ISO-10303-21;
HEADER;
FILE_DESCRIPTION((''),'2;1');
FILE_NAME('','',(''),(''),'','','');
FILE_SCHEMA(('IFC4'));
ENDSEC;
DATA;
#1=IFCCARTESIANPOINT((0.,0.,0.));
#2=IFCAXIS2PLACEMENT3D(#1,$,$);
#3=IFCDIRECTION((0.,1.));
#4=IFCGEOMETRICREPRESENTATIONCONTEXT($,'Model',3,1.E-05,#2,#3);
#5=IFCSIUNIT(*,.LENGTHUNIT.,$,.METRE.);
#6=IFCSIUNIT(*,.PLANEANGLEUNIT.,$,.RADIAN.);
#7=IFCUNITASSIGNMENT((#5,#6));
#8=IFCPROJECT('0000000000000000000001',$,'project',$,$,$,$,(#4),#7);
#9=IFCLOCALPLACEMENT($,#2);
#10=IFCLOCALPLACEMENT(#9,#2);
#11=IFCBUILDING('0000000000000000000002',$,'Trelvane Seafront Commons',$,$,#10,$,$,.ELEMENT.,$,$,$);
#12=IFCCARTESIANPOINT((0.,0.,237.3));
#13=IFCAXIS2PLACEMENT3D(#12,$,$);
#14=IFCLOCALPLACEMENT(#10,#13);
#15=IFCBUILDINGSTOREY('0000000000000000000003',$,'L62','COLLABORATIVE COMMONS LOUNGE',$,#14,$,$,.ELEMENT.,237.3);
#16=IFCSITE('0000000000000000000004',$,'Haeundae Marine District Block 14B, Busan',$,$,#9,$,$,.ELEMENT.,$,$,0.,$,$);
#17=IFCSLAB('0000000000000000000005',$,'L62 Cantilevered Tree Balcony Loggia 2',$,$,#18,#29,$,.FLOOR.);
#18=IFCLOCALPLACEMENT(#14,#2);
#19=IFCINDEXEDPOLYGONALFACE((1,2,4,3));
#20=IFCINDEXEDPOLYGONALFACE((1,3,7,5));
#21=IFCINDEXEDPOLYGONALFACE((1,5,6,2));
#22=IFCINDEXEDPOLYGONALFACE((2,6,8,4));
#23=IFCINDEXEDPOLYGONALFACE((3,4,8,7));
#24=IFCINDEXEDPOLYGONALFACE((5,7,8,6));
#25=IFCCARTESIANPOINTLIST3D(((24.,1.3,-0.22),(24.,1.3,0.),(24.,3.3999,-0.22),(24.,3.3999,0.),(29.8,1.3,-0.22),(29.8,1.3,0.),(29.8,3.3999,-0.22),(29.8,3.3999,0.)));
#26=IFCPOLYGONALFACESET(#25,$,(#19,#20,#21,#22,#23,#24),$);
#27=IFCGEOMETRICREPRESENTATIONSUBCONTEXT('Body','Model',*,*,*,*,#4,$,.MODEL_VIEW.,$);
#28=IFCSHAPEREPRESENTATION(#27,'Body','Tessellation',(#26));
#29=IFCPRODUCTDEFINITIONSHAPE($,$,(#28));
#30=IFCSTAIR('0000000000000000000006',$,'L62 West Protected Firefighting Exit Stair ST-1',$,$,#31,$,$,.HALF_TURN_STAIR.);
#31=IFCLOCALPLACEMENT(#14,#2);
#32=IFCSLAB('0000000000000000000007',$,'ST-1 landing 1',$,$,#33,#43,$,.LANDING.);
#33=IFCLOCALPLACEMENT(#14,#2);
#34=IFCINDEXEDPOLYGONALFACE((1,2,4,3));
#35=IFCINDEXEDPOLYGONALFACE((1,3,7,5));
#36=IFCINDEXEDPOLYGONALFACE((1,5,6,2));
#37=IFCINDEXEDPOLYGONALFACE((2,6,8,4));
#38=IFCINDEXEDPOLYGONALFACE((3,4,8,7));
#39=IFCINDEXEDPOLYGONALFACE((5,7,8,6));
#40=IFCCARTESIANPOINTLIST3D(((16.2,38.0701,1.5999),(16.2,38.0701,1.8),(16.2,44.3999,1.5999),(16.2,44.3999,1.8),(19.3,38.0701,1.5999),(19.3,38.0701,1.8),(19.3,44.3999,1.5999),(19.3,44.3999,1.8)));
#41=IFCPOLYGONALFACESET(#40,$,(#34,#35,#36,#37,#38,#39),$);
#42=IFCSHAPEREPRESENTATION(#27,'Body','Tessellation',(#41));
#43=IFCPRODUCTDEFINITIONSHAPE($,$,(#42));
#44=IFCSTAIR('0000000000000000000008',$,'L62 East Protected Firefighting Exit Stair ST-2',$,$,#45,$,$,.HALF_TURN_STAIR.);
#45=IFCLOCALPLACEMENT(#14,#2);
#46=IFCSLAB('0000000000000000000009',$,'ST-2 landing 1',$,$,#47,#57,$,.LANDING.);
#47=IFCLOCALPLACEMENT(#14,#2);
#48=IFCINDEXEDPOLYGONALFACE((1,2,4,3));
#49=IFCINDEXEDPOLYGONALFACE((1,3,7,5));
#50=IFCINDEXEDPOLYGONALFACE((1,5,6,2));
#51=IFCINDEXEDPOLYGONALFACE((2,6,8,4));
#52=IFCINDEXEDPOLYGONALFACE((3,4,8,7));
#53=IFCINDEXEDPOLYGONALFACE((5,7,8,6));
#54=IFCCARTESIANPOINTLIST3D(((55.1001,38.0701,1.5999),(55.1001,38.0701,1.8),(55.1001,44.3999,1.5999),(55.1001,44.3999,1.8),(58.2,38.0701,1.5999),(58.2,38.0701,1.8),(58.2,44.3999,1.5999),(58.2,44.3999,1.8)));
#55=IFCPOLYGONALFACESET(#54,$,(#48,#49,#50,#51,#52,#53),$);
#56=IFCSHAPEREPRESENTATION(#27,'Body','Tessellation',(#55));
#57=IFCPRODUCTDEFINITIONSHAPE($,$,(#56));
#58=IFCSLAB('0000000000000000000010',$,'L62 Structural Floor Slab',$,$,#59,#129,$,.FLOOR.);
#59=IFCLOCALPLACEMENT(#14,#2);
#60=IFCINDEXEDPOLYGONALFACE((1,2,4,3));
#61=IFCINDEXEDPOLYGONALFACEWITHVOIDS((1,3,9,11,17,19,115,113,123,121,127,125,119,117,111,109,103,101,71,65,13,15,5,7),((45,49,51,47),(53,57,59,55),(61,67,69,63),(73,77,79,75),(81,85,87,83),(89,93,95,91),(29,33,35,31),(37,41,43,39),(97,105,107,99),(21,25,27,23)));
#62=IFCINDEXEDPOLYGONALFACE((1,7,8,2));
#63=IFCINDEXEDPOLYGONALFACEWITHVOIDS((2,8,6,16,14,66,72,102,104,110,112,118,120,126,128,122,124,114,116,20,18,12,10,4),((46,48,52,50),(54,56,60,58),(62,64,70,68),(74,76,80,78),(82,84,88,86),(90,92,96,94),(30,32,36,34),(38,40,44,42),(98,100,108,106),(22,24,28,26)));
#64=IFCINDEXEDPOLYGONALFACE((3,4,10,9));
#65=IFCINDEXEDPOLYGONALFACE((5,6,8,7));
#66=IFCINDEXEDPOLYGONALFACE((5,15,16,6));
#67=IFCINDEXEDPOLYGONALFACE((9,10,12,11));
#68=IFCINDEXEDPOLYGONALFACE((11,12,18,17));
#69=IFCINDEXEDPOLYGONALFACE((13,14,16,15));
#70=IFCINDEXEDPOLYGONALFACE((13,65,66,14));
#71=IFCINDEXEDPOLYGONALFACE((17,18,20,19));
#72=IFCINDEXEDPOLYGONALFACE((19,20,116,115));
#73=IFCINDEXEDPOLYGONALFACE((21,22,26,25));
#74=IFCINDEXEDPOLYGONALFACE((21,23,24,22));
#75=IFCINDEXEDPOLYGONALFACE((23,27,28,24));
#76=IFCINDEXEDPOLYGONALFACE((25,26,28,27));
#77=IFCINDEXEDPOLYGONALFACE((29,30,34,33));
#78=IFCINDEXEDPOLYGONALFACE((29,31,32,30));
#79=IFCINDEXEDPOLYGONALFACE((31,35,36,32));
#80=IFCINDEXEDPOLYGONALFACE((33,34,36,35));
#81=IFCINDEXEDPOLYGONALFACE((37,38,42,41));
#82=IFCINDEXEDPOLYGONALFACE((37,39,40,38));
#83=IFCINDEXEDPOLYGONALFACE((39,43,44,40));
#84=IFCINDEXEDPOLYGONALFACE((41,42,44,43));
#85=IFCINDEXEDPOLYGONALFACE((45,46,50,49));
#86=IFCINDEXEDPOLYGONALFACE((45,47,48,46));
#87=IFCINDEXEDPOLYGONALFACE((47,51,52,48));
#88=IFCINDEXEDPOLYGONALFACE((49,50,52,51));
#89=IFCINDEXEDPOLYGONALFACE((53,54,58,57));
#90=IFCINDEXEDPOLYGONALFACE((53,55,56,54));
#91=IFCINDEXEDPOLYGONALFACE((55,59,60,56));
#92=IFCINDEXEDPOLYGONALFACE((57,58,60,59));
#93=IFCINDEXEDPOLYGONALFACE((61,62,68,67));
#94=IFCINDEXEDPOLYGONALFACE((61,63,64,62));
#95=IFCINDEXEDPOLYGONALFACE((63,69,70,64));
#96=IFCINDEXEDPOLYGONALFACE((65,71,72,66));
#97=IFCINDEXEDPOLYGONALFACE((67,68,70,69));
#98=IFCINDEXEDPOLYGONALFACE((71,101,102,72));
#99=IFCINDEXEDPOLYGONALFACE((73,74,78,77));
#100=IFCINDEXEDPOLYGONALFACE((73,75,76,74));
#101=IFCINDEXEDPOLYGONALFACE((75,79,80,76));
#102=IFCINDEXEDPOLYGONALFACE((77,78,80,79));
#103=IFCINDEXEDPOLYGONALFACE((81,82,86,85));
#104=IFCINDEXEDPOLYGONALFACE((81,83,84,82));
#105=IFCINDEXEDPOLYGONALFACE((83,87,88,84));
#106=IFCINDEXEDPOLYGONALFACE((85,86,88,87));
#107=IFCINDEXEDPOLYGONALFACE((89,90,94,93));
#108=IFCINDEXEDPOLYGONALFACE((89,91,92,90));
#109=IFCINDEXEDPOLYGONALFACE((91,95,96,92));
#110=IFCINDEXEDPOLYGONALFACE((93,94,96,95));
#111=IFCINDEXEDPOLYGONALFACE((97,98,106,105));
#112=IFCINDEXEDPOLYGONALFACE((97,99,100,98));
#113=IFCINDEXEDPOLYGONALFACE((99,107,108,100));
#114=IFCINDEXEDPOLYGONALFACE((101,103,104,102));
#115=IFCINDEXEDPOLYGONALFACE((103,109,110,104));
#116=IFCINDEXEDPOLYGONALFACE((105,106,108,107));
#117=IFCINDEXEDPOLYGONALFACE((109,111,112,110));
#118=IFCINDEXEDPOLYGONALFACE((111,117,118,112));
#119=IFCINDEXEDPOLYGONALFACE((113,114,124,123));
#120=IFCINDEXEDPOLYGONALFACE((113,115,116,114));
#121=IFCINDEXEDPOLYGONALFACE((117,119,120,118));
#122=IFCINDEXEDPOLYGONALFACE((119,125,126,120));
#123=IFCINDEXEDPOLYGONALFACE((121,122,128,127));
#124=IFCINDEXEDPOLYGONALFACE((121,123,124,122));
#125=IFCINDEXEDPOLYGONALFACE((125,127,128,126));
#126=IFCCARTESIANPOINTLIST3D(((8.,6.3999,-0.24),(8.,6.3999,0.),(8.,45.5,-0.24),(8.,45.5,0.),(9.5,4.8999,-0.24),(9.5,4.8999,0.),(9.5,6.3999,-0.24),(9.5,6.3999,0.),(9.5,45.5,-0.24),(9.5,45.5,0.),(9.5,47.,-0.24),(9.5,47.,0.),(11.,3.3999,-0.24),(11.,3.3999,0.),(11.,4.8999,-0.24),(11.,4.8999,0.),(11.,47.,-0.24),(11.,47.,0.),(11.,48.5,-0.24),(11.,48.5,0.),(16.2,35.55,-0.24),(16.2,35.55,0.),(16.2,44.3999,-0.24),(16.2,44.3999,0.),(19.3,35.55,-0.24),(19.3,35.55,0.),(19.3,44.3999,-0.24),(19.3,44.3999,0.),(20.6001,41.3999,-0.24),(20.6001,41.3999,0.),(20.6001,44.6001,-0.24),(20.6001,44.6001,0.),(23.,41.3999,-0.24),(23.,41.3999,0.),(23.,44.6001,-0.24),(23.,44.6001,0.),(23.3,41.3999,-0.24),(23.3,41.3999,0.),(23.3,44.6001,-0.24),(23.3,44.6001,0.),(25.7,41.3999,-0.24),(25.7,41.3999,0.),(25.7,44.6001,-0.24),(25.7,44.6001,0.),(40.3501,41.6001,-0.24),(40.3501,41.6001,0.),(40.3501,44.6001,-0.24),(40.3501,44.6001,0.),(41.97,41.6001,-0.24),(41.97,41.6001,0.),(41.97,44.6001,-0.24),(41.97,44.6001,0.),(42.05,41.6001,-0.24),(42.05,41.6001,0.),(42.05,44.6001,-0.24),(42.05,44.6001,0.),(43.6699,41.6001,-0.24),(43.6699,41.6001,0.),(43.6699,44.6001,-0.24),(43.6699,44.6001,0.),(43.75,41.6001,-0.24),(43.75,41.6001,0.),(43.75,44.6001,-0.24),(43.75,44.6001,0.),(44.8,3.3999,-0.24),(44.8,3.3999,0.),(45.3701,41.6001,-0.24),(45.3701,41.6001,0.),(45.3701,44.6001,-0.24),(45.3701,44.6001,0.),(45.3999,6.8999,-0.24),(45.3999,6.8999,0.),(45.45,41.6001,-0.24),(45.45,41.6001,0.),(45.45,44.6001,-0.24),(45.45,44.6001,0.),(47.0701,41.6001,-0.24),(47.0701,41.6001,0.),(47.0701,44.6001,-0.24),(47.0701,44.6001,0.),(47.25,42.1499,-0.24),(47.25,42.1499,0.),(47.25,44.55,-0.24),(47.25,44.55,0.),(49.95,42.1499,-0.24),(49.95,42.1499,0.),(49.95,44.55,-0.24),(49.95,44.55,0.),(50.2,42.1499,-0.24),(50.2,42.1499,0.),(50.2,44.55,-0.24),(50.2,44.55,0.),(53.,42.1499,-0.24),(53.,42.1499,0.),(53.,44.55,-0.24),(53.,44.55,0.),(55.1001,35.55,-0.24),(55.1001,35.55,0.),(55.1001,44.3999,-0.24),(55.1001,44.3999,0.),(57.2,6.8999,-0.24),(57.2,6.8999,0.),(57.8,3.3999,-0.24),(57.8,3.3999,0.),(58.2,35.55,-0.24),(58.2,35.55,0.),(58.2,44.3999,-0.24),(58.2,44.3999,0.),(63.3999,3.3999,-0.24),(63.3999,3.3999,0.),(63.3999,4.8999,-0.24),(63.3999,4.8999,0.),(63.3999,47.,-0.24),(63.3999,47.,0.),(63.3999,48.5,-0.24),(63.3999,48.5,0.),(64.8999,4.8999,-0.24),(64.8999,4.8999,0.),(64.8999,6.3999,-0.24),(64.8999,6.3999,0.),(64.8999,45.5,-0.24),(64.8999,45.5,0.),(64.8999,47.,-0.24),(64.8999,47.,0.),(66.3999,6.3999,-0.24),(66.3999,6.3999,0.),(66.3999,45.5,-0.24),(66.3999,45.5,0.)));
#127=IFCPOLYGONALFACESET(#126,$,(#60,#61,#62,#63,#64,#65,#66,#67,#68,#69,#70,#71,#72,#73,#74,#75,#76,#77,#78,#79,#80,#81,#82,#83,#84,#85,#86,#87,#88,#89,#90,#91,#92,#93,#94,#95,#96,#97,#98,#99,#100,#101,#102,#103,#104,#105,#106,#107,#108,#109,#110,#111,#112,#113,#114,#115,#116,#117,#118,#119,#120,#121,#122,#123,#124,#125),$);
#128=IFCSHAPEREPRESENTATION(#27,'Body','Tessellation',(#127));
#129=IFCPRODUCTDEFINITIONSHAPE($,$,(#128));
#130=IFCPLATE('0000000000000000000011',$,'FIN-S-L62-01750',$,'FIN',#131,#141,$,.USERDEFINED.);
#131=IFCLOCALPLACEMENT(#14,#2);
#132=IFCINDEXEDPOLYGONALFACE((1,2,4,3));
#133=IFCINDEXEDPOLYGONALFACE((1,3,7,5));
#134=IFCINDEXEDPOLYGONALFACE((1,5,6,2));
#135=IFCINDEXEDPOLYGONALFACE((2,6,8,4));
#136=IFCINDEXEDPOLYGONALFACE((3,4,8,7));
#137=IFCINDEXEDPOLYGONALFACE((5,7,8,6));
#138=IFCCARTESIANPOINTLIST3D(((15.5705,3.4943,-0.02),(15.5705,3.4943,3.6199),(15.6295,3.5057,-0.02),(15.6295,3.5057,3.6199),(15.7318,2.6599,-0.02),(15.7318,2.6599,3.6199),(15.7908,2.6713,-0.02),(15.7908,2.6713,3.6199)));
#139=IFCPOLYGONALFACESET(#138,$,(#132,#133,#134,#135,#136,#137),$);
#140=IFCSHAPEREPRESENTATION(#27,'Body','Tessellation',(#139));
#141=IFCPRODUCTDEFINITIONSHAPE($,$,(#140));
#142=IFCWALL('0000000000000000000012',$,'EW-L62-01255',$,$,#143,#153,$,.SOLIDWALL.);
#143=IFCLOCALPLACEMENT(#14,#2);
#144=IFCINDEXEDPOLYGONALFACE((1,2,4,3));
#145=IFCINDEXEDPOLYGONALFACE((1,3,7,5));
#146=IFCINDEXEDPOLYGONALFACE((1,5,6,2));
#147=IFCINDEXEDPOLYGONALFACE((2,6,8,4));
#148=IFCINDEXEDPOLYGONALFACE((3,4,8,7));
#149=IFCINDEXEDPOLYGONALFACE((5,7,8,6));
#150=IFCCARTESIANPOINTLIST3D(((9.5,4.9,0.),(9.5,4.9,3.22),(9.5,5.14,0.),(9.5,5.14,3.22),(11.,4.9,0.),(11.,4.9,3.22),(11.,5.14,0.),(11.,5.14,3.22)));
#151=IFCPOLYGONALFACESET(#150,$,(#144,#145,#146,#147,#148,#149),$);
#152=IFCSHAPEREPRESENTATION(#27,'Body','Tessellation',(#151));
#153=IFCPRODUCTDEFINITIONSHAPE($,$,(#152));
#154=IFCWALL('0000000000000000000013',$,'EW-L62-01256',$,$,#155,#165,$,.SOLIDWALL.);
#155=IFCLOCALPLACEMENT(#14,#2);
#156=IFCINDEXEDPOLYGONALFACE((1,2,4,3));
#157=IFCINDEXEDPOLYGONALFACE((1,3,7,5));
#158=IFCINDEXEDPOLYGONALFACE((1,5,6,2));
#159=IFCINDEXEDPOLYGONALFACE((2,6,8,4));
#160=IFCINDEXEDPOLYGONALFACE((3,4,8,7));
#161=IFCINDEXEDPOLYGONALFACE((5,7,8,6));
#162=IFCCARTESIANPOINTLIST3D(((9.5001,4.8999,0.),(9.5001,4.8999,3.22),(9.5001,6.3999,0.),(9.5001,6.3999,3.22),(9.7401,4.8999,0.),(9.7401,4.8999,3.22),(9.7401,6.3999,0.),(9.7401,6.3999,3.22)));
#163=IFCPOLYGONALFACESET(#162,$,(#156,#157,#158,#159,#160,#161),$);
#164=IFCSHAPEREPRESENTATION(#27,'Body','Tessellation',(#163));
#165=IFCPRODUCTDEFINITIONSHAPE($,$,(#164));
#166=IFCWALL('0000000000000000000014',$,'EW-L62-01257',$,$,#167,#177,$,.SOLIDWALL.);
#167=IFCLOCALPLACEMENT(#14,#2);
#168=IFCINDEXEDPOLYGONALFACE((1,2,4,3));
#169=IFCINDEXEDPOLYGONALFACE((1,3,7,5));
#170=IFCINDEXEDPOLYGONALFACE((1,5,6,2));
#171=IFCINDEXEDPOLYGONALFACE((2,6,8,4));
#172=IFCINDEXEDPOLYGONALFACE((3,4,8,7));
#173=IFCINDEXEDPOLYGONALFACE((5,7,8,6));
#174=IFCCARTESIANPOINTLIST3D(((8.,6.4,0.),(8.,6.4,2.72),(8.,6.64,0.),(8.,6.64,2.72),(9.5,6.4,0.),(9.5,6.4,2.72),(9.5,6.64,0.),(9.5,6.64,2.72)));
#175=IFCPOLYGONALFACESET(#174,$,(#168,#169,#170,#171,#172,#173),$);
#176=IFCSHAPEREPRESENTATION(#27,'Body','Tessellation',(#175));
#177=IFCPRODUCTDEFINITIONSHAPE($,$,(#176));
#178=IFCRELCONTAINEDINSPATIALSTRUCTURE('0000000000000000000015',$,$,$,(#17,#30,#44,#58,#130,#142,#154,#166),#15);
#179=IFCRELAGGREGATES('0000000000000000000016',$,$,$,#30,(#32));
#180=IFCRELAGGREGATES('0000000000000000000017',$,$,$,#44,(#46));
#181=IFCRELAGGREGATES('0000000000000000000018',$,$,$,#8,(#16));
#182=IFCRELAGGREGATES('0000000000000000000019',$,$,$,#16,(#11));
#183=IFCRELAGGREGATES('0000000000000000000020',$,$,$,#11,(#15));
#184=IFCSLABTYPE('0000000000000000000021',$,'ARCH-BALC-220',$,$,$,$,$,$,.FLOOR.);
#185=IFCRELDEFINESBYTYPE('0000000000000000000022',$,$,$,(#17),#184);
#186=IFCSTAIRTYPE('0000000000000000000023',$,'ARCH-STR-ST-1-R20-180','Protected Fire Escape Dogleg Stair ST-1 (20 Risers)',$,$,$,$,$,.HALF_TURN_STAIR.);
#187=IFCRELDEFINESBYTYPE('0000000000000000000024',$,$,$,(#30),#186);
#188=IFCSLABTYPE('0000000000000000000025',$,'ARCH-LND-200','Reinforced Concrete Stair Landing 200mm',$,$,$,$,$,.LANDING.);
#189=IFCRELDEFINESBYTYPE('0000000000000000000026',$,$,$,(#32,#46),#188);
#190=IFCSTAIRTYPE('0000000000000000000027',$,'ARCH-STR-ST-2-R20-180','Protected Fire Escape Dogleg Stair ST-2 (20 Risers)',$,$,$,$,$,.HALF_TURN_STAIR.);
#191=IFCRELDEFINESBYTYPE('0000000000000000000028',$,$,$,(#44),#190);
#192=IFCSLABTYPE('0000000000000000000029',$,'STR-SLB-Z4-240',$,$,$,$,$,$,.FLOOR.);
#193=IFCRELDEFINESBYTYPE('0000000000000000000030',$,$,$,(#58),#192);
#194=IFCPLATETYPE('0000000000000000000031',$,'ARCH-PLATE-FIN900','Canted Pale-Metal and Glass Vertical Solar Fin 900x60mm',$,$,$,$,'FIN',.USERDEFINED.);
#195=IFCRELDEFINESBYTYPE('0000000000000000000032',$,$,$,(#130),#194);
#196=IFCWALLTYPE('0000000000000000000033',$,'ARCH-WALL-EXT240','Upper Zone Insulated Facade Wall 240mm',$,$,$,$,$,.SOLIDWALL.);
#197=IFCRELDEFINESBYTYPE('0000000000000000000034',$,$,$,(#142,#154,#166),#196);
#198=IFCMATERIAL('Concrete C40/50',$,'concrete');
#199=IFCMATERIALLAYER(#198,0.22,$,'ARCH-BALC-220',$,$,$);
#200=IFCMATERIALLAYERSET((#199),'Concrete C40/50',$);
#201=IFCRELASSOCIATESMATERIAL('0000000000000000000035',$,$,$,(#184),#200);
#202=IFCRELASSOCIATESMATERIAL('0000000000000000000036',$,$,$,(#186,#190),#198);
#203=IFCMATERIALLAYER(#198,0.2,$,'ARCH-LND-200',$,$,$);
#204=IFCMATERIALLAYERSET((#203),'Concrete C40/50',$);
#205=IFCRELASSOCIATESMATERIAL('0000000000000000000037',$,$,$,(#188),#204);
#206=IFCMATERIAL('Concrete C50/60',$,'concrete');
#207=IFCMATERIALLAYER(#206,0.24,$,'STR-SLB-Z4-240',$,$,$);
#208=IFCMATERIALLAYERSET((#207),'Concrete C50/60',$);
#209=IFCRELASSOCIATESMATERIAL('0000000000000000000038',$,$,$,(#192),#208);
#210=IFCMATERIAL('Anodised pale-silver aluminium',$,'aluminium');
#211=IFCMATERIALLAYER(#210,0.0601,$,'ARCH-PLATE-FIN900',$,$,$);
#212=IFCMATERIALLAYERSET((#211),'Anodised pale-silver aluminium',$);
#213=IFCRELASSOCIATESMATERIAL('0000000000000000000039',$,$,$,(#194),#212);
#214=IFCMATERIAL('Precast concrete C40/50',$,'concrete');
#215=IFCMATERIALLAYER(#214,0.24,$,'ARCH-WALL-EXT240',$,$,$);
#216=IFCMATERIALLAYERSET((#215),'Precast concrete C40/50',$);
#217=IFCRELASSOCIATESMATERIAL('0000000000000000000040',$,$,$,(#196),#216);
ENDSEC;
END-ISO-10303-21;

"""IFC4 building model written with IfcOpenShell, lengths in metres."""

from ifc_helpers import new_model, si_unit, direction, frame, frame_2d, origin, origin_2d, place, context, subcontext, project, spatial, polyline, rectangle, outline, extrude, source, transform, mapped, material, layer, layer_set, type_object, element, aggregate, save


model = new_model("IFC4")

# Units and contexts
model_context = context("Model", 3, precision=1e-05, world=origin(), true_north=direction((0.0, 1.0)))
body_context = subcontext(model_context, "Body", "Model", "MODEL_VIEW")
ifc_project = project(units=[si_unit("LENGTHUNIT", "METRE"), si_unit("PLANEANGLEUNIT", "RADIAN")], contexts=[model_context])

# Site, building, storey
site_placement = place(None, origin())
site = spatial("IfcSite", under=ifc_project, at=site_placement, Name="Haeundae Marine District Block 14B, Busan", CompositionType="ELEMENT", RefElevation=0.0)
building_placement = place(site_placement, origin())
building = spatial("IfcBuilding", under=site, at=building_placement, Name="Trelvane Seafront Commons", CompositionType="ELEMENT")
storey_placement = place(building_placement, frame((0.0, 0.0, 237.3)))
storey = spatial("IfcBuildingStorey", under=building, at=storey_placement, Name="L62", Description="COLLABORATIVE COMMONS LOUNGE", CompositionType="ELEMENT", Elevation=237.3)

# Slab
ifc_material_1 = material(Name="Concrete C40/50", Category="concrete")
ifc_layer_1 = layer(ifc_material_1, 0.22, Name="ARCH-BALC-220")
ifc_layer_set_1 = layer_set([ifc_layer_1], Name="Concrete C40/50")
slab_type_1 = type_object("IfcSlabType", Name="ARCH-BALC-220", PredefinedType="FLOOR", material=ifc_layer_set_1)
slab_1_placement = place(storey_placement, frame((0.0, 0.0, -0.22)))
element("IfcSlab", 1, at=slab_1_placement, inside=storey, type_object=slab_type_1, Name="L62 Cantilevered Tree Balcony Loggia 2", PredefinedType="FLOOR", context=body_context, shape_type="SweptSolid", body=[
    extrude(outline(polyline([(24.0, 1.3), (29.8, 1.3), (29.8, 3.3999), (24.0, 3.3999), (24.0, 1.3)])), origin(), (0.0, 0.0, 1.0), 0.22),
])

# Stairs, slabs
stair_type_1 = type_object("IfcStairType", Name="ARCH-STR-ST-1-R20-180", Description="Protected Fire Escape Dogleg Stair ST-1 (20 Risers)", PredefinedType="HALF_TURN_STAIR", material=ifc_material_1)
stair_1_placement = place(storey_placement, origin())
stair_1 = element("IfcStair", 2, at=stair_1_placement, inside=storey, type_object=stair_type_1, Name="L62 West Protected Firefighting Exit Stair ST-1", PredefinedType="HALF_TURN_STAIR")
ifc_layer_2 = layer(ifc_material_1, 0.2, Name="ARCH-LND-200")
ifc_layer_set_2 = layer_set([ifc_layer_2], Name="Concrete C40/50")
slab_type_2 = type_object("IfcSlabType", Name="ARCH-LND-200", Description="Reinforced Concrete Stair Landing 200mm", PredefinedType="LANDING", material=ifc_layer_set_2)
slab_2_placement = place(storey_placement, frame((0.0, 0.0, 1.5999)))
slab_2 = element("IfcSlab", 3, at=slab_2_placement, type_object=slab_type_2, Name="ST-1 landing 1", PredefinedType="LANDING", context=body_context, shape_type="SweptSolid", body=[
    extrude(outline(polyline([(19.3, 38.0701), (19.3, 44.3999), (16.2, 44.3999), (16.2, 38.0701), (19.3, 38.0701)])), origin(), (0.0, 0.0, 1.0), 0.2002),
])
aggregate(stair_1, [slab_2])
stair_type_2 = type_object("IfcStairType", Name="ARCH-STR-ST-2-R20-180", Description="Protected Fire Escape Dogleg Stair ST-2 (20 Risers)", PredefinedType="HALF_TURN_STAIR", material=ifc_material_1)
stair_2_placement = place(storey_placement, origin())
stair_2 = element("IfcStair", 4, at=stair_2_placement, inside=storey, type_object=stair_type_2, Name="L62 East Protected Firefighting Exit Stair ST-2", PredefinedType="HALF_TURN_STAIR")
slab_3_placement = place(storey_placement, frame((0.0, 0.0, 1.5999)))
slab_3 = element("IfcSlab", 5, at=slab_3_placement, type_object=slab_type_2, Name="ST-2 landing 1", PredefinedType="LANDING", context=body_context, shape_type="SweptSolid", body=[
    extrude(outline(polyline([(58.2, 38.0701), (58.2, 44.3999), (55.1001, 44.3999), (55.1001, 38.0701), (58.2, 38.0701)])), origin(), (0.0, 0.0, 1.0), 0.2002),
])
aggregate(stair_2, [slab_3])

# Slab
ifc_material_2 = material(Name="Concrete C50/60", Category="concrete")
ifc_layer_3 = layer(ifc_material_2, 0.24, Name="STR-SLB-Z4-240")
ifc_layer_set_3 = layer_set([ifc_layer_3], Name="Concrete C50/60")
slab_type_3 = type_object("IfcSlabType", Name="STR-SLB-Z4-240", PredefinedType="FLOOR", material=ifc_layer_set_3)
slab_4_placement = place(storey_placement, frame((0.0, 0.0, -0.24)))
element("IfcSlab", 6, at=slab_4_placement, inside=storey, type_object=slab_type_3, Name="L62 Structural Floor Slab", PredefinedType="FLOOR", context=body_context, shape_type="SweptSolid", body=[
    extrude(outline(polyline([(11.0, 3.3999), (44.8, 3.3999), (45.3999, 6.8999), (57.2, 6.8999), (57.8, 3.3999), (63.3999, 3.3999), (63.3999, 4.8999), (64.8999, 4.8999), (64.8999, 6.3999), (66.3999, 6.3999), (66.3999, 45.5), (64.8999, 45.5), (64.8999, 47.0), (63.3999, 47.0), (63.3999, 48.5), (11.0, 48.5), (11.0, 47.0), (9.5, 47.0), (9.5, 45.5), (8.0, 45.5), (8.0, 6.3999), (9.5, 6.3999), (9.5, 4.8999), (11.0, 4.8999), (11.0, 3.3999)]), holes=[polyline([(19.3, 35.55), (16.2, 35.55), (16.2, 44.3999), (19.3, 44.3999), (19.3, 35.55)]), polyline([(58.2, 35.55), (55.1001, 35.55), (55.1001, 44.3999), (58.2, 44.3999), (58.2, 35.55)]), polyline([(23.0, 41.3999), (20.6001, 41.3999), (20.6001, 44.6001), (23.0, 44.6001), (23.0, 41.3999)]), polyline([(23.3, 41.3999), (23.3, 44.6001), (25.7, 44.6001), (25.7, 41.3999), (23.3, 41.3999)]), polyline([(40.3501, 41.6001), (40.3501, 44.6001), (41.97, 44.6001), (41.97, 41.6001), (40.3501, 41.6001)]), polyline([(43.6699, 41.6001), (42.05, 41.6001), (42.05, 44.6001), (43.6699, 44.6001), (43.6699, 41.6001)]), polyline([(45.3701, 41.6001), (43.75, 41.6001), (43.75, 44.6001), (45.3701, 44.6001), (45.3701, 41.6001)]), polyline([(47.0701, 41.6001), (45.45, 41.6001), (45.45, 44.6001), (47.0701, 44.6001), (47.0701, 41.6001)]), polyline([(47.25, 42.1499), (47.25, 44.55), (49.95, 44.55), (49.95, 42.1499), (47.25, 42.1499)]), polyline([(50.2, 42.1499), (50.2, 44.55), (53.0, 44.55), (53.0, 42.1499), (50.2, 42.1499)])]), origin(), (0.0, 0.0, 1.0), 0.24),
])

# Plate
ifc_material_3 = material(Name="Anodised pale-silver aluminium", Category="aluminium")
ifc_layer_4 = layer(ifc_material_3, 0.0601, Name="ARCH-PLATE-FIN900")
ifc_layer_set_4 = layer_set([ifc_layer_4], Name="Anodised pale-silver aluminium")
plate_type = type_object("IfcPlateType", Name="ARCH-PLATE-FIN900", Description="Canted Pale-Metal and Glass Vertical Solar Fin 900x60mm", ElementType="FIN", PredefinedType="USERDEFINED", material=ifc_layer_set_4)
shared_shape_1 = source(origin(), body_context, "Body", "SweptSolid", [
    extrude(rectangle(XDim=0.8499, YDim=0.0601, at=origin_2d()), origin(), (0.0, 0.0, 1.0), 3.6399),
])
plate_placement = place(storey_placement, frame((15.6807, 3.0828, -0.02), z_axis=(0.0, 0.0, 1.0), x_axis=(0.189778, -0.981827, 0.0)))
element("IfcPlate", 7, at=plate_placement, inside=storey, type_object=plate_type, Name="FIN-S-L62-01750", ObjectType="FIN", PredefinedType="USERDEFINED", context=body_context, shape_type="MappedRepresentation", body=[
    mapped(shared_shape_1, transform((0.0, 0.0, 0.0), x_axis=(1.0, 0.0, 0.0), y_axis=(0.0, 1.0, 0.0), z_axis=(0.0, 0.0, 1.0), scale=1.0)),
])

# Walls
ifc_material_4 = material(Name="Precast concrete C40/50", Category="concrete")
ifc_layer_5 = layer(ifc_material_4, 0.24, Name="ARCH-WALL-EXT240")
ifc_layer_set_5 = layer_set([ifc_layer_5], Name="Precast concrete C40/50")
wall_type_1 = type_object("IfcWallType", Name="ARCH-WALL-EXT240", Description="Upper Zone Insulated Facade Wall 240mm", PredefinedType="SOLIDWALL", material=ifc_layer_set_5)
for number, where, z_axis, x_axis, name in (
    (8, (11.0, 5.02, 0.0), (0.0, 0.0, 1.0), (-1.0, 0.0, 0.0), "EW-L62-01255"),
    (9, (9.6201, 4.8999, 0.0), (0.0, 0.0, 1.0), (0.0, 1.0, 0.0), "EW-L62-01256"),
):
    element("IfcWall", number, at=place(storey_placement, frame(where, z_axis=z_axis, x_axis=x_axis)), inside=storey, type_object=wall_type_1, Name=name, PredefinedType="SOLIDWALL", context=body_context, shape_type="SweptSolid", body=[
        extrude(rectangle(XDim=1.5, YDim=0.24, at=frame_2d((0.75, 0.0))), origin(), (0.0, 0.0, 1.0), 3.22),
    ])
wall_1_placement = place(storey_placement, frame((9.5, 6.52, 0.0), z_axis=(0.0, 0.0, 1.0), x_axis=(-1.0, 0.0, 0.0)))
element("IfcWall", 10, at=wall_1_placement, inside=storey, type_object=wall_type_1, Name="EW-L62-01257", PredefinedType="SOLIDWALL", context=body_context, shape_type="SweptSolid", body=[
    extrude(rectangle(XDim=1.5, YDim=0.24, at=frame_2d((0.75, 0.0))), origin(), (0.0, 0.0, 1.0), 2.72),
])

save(model, "model.ifc")
